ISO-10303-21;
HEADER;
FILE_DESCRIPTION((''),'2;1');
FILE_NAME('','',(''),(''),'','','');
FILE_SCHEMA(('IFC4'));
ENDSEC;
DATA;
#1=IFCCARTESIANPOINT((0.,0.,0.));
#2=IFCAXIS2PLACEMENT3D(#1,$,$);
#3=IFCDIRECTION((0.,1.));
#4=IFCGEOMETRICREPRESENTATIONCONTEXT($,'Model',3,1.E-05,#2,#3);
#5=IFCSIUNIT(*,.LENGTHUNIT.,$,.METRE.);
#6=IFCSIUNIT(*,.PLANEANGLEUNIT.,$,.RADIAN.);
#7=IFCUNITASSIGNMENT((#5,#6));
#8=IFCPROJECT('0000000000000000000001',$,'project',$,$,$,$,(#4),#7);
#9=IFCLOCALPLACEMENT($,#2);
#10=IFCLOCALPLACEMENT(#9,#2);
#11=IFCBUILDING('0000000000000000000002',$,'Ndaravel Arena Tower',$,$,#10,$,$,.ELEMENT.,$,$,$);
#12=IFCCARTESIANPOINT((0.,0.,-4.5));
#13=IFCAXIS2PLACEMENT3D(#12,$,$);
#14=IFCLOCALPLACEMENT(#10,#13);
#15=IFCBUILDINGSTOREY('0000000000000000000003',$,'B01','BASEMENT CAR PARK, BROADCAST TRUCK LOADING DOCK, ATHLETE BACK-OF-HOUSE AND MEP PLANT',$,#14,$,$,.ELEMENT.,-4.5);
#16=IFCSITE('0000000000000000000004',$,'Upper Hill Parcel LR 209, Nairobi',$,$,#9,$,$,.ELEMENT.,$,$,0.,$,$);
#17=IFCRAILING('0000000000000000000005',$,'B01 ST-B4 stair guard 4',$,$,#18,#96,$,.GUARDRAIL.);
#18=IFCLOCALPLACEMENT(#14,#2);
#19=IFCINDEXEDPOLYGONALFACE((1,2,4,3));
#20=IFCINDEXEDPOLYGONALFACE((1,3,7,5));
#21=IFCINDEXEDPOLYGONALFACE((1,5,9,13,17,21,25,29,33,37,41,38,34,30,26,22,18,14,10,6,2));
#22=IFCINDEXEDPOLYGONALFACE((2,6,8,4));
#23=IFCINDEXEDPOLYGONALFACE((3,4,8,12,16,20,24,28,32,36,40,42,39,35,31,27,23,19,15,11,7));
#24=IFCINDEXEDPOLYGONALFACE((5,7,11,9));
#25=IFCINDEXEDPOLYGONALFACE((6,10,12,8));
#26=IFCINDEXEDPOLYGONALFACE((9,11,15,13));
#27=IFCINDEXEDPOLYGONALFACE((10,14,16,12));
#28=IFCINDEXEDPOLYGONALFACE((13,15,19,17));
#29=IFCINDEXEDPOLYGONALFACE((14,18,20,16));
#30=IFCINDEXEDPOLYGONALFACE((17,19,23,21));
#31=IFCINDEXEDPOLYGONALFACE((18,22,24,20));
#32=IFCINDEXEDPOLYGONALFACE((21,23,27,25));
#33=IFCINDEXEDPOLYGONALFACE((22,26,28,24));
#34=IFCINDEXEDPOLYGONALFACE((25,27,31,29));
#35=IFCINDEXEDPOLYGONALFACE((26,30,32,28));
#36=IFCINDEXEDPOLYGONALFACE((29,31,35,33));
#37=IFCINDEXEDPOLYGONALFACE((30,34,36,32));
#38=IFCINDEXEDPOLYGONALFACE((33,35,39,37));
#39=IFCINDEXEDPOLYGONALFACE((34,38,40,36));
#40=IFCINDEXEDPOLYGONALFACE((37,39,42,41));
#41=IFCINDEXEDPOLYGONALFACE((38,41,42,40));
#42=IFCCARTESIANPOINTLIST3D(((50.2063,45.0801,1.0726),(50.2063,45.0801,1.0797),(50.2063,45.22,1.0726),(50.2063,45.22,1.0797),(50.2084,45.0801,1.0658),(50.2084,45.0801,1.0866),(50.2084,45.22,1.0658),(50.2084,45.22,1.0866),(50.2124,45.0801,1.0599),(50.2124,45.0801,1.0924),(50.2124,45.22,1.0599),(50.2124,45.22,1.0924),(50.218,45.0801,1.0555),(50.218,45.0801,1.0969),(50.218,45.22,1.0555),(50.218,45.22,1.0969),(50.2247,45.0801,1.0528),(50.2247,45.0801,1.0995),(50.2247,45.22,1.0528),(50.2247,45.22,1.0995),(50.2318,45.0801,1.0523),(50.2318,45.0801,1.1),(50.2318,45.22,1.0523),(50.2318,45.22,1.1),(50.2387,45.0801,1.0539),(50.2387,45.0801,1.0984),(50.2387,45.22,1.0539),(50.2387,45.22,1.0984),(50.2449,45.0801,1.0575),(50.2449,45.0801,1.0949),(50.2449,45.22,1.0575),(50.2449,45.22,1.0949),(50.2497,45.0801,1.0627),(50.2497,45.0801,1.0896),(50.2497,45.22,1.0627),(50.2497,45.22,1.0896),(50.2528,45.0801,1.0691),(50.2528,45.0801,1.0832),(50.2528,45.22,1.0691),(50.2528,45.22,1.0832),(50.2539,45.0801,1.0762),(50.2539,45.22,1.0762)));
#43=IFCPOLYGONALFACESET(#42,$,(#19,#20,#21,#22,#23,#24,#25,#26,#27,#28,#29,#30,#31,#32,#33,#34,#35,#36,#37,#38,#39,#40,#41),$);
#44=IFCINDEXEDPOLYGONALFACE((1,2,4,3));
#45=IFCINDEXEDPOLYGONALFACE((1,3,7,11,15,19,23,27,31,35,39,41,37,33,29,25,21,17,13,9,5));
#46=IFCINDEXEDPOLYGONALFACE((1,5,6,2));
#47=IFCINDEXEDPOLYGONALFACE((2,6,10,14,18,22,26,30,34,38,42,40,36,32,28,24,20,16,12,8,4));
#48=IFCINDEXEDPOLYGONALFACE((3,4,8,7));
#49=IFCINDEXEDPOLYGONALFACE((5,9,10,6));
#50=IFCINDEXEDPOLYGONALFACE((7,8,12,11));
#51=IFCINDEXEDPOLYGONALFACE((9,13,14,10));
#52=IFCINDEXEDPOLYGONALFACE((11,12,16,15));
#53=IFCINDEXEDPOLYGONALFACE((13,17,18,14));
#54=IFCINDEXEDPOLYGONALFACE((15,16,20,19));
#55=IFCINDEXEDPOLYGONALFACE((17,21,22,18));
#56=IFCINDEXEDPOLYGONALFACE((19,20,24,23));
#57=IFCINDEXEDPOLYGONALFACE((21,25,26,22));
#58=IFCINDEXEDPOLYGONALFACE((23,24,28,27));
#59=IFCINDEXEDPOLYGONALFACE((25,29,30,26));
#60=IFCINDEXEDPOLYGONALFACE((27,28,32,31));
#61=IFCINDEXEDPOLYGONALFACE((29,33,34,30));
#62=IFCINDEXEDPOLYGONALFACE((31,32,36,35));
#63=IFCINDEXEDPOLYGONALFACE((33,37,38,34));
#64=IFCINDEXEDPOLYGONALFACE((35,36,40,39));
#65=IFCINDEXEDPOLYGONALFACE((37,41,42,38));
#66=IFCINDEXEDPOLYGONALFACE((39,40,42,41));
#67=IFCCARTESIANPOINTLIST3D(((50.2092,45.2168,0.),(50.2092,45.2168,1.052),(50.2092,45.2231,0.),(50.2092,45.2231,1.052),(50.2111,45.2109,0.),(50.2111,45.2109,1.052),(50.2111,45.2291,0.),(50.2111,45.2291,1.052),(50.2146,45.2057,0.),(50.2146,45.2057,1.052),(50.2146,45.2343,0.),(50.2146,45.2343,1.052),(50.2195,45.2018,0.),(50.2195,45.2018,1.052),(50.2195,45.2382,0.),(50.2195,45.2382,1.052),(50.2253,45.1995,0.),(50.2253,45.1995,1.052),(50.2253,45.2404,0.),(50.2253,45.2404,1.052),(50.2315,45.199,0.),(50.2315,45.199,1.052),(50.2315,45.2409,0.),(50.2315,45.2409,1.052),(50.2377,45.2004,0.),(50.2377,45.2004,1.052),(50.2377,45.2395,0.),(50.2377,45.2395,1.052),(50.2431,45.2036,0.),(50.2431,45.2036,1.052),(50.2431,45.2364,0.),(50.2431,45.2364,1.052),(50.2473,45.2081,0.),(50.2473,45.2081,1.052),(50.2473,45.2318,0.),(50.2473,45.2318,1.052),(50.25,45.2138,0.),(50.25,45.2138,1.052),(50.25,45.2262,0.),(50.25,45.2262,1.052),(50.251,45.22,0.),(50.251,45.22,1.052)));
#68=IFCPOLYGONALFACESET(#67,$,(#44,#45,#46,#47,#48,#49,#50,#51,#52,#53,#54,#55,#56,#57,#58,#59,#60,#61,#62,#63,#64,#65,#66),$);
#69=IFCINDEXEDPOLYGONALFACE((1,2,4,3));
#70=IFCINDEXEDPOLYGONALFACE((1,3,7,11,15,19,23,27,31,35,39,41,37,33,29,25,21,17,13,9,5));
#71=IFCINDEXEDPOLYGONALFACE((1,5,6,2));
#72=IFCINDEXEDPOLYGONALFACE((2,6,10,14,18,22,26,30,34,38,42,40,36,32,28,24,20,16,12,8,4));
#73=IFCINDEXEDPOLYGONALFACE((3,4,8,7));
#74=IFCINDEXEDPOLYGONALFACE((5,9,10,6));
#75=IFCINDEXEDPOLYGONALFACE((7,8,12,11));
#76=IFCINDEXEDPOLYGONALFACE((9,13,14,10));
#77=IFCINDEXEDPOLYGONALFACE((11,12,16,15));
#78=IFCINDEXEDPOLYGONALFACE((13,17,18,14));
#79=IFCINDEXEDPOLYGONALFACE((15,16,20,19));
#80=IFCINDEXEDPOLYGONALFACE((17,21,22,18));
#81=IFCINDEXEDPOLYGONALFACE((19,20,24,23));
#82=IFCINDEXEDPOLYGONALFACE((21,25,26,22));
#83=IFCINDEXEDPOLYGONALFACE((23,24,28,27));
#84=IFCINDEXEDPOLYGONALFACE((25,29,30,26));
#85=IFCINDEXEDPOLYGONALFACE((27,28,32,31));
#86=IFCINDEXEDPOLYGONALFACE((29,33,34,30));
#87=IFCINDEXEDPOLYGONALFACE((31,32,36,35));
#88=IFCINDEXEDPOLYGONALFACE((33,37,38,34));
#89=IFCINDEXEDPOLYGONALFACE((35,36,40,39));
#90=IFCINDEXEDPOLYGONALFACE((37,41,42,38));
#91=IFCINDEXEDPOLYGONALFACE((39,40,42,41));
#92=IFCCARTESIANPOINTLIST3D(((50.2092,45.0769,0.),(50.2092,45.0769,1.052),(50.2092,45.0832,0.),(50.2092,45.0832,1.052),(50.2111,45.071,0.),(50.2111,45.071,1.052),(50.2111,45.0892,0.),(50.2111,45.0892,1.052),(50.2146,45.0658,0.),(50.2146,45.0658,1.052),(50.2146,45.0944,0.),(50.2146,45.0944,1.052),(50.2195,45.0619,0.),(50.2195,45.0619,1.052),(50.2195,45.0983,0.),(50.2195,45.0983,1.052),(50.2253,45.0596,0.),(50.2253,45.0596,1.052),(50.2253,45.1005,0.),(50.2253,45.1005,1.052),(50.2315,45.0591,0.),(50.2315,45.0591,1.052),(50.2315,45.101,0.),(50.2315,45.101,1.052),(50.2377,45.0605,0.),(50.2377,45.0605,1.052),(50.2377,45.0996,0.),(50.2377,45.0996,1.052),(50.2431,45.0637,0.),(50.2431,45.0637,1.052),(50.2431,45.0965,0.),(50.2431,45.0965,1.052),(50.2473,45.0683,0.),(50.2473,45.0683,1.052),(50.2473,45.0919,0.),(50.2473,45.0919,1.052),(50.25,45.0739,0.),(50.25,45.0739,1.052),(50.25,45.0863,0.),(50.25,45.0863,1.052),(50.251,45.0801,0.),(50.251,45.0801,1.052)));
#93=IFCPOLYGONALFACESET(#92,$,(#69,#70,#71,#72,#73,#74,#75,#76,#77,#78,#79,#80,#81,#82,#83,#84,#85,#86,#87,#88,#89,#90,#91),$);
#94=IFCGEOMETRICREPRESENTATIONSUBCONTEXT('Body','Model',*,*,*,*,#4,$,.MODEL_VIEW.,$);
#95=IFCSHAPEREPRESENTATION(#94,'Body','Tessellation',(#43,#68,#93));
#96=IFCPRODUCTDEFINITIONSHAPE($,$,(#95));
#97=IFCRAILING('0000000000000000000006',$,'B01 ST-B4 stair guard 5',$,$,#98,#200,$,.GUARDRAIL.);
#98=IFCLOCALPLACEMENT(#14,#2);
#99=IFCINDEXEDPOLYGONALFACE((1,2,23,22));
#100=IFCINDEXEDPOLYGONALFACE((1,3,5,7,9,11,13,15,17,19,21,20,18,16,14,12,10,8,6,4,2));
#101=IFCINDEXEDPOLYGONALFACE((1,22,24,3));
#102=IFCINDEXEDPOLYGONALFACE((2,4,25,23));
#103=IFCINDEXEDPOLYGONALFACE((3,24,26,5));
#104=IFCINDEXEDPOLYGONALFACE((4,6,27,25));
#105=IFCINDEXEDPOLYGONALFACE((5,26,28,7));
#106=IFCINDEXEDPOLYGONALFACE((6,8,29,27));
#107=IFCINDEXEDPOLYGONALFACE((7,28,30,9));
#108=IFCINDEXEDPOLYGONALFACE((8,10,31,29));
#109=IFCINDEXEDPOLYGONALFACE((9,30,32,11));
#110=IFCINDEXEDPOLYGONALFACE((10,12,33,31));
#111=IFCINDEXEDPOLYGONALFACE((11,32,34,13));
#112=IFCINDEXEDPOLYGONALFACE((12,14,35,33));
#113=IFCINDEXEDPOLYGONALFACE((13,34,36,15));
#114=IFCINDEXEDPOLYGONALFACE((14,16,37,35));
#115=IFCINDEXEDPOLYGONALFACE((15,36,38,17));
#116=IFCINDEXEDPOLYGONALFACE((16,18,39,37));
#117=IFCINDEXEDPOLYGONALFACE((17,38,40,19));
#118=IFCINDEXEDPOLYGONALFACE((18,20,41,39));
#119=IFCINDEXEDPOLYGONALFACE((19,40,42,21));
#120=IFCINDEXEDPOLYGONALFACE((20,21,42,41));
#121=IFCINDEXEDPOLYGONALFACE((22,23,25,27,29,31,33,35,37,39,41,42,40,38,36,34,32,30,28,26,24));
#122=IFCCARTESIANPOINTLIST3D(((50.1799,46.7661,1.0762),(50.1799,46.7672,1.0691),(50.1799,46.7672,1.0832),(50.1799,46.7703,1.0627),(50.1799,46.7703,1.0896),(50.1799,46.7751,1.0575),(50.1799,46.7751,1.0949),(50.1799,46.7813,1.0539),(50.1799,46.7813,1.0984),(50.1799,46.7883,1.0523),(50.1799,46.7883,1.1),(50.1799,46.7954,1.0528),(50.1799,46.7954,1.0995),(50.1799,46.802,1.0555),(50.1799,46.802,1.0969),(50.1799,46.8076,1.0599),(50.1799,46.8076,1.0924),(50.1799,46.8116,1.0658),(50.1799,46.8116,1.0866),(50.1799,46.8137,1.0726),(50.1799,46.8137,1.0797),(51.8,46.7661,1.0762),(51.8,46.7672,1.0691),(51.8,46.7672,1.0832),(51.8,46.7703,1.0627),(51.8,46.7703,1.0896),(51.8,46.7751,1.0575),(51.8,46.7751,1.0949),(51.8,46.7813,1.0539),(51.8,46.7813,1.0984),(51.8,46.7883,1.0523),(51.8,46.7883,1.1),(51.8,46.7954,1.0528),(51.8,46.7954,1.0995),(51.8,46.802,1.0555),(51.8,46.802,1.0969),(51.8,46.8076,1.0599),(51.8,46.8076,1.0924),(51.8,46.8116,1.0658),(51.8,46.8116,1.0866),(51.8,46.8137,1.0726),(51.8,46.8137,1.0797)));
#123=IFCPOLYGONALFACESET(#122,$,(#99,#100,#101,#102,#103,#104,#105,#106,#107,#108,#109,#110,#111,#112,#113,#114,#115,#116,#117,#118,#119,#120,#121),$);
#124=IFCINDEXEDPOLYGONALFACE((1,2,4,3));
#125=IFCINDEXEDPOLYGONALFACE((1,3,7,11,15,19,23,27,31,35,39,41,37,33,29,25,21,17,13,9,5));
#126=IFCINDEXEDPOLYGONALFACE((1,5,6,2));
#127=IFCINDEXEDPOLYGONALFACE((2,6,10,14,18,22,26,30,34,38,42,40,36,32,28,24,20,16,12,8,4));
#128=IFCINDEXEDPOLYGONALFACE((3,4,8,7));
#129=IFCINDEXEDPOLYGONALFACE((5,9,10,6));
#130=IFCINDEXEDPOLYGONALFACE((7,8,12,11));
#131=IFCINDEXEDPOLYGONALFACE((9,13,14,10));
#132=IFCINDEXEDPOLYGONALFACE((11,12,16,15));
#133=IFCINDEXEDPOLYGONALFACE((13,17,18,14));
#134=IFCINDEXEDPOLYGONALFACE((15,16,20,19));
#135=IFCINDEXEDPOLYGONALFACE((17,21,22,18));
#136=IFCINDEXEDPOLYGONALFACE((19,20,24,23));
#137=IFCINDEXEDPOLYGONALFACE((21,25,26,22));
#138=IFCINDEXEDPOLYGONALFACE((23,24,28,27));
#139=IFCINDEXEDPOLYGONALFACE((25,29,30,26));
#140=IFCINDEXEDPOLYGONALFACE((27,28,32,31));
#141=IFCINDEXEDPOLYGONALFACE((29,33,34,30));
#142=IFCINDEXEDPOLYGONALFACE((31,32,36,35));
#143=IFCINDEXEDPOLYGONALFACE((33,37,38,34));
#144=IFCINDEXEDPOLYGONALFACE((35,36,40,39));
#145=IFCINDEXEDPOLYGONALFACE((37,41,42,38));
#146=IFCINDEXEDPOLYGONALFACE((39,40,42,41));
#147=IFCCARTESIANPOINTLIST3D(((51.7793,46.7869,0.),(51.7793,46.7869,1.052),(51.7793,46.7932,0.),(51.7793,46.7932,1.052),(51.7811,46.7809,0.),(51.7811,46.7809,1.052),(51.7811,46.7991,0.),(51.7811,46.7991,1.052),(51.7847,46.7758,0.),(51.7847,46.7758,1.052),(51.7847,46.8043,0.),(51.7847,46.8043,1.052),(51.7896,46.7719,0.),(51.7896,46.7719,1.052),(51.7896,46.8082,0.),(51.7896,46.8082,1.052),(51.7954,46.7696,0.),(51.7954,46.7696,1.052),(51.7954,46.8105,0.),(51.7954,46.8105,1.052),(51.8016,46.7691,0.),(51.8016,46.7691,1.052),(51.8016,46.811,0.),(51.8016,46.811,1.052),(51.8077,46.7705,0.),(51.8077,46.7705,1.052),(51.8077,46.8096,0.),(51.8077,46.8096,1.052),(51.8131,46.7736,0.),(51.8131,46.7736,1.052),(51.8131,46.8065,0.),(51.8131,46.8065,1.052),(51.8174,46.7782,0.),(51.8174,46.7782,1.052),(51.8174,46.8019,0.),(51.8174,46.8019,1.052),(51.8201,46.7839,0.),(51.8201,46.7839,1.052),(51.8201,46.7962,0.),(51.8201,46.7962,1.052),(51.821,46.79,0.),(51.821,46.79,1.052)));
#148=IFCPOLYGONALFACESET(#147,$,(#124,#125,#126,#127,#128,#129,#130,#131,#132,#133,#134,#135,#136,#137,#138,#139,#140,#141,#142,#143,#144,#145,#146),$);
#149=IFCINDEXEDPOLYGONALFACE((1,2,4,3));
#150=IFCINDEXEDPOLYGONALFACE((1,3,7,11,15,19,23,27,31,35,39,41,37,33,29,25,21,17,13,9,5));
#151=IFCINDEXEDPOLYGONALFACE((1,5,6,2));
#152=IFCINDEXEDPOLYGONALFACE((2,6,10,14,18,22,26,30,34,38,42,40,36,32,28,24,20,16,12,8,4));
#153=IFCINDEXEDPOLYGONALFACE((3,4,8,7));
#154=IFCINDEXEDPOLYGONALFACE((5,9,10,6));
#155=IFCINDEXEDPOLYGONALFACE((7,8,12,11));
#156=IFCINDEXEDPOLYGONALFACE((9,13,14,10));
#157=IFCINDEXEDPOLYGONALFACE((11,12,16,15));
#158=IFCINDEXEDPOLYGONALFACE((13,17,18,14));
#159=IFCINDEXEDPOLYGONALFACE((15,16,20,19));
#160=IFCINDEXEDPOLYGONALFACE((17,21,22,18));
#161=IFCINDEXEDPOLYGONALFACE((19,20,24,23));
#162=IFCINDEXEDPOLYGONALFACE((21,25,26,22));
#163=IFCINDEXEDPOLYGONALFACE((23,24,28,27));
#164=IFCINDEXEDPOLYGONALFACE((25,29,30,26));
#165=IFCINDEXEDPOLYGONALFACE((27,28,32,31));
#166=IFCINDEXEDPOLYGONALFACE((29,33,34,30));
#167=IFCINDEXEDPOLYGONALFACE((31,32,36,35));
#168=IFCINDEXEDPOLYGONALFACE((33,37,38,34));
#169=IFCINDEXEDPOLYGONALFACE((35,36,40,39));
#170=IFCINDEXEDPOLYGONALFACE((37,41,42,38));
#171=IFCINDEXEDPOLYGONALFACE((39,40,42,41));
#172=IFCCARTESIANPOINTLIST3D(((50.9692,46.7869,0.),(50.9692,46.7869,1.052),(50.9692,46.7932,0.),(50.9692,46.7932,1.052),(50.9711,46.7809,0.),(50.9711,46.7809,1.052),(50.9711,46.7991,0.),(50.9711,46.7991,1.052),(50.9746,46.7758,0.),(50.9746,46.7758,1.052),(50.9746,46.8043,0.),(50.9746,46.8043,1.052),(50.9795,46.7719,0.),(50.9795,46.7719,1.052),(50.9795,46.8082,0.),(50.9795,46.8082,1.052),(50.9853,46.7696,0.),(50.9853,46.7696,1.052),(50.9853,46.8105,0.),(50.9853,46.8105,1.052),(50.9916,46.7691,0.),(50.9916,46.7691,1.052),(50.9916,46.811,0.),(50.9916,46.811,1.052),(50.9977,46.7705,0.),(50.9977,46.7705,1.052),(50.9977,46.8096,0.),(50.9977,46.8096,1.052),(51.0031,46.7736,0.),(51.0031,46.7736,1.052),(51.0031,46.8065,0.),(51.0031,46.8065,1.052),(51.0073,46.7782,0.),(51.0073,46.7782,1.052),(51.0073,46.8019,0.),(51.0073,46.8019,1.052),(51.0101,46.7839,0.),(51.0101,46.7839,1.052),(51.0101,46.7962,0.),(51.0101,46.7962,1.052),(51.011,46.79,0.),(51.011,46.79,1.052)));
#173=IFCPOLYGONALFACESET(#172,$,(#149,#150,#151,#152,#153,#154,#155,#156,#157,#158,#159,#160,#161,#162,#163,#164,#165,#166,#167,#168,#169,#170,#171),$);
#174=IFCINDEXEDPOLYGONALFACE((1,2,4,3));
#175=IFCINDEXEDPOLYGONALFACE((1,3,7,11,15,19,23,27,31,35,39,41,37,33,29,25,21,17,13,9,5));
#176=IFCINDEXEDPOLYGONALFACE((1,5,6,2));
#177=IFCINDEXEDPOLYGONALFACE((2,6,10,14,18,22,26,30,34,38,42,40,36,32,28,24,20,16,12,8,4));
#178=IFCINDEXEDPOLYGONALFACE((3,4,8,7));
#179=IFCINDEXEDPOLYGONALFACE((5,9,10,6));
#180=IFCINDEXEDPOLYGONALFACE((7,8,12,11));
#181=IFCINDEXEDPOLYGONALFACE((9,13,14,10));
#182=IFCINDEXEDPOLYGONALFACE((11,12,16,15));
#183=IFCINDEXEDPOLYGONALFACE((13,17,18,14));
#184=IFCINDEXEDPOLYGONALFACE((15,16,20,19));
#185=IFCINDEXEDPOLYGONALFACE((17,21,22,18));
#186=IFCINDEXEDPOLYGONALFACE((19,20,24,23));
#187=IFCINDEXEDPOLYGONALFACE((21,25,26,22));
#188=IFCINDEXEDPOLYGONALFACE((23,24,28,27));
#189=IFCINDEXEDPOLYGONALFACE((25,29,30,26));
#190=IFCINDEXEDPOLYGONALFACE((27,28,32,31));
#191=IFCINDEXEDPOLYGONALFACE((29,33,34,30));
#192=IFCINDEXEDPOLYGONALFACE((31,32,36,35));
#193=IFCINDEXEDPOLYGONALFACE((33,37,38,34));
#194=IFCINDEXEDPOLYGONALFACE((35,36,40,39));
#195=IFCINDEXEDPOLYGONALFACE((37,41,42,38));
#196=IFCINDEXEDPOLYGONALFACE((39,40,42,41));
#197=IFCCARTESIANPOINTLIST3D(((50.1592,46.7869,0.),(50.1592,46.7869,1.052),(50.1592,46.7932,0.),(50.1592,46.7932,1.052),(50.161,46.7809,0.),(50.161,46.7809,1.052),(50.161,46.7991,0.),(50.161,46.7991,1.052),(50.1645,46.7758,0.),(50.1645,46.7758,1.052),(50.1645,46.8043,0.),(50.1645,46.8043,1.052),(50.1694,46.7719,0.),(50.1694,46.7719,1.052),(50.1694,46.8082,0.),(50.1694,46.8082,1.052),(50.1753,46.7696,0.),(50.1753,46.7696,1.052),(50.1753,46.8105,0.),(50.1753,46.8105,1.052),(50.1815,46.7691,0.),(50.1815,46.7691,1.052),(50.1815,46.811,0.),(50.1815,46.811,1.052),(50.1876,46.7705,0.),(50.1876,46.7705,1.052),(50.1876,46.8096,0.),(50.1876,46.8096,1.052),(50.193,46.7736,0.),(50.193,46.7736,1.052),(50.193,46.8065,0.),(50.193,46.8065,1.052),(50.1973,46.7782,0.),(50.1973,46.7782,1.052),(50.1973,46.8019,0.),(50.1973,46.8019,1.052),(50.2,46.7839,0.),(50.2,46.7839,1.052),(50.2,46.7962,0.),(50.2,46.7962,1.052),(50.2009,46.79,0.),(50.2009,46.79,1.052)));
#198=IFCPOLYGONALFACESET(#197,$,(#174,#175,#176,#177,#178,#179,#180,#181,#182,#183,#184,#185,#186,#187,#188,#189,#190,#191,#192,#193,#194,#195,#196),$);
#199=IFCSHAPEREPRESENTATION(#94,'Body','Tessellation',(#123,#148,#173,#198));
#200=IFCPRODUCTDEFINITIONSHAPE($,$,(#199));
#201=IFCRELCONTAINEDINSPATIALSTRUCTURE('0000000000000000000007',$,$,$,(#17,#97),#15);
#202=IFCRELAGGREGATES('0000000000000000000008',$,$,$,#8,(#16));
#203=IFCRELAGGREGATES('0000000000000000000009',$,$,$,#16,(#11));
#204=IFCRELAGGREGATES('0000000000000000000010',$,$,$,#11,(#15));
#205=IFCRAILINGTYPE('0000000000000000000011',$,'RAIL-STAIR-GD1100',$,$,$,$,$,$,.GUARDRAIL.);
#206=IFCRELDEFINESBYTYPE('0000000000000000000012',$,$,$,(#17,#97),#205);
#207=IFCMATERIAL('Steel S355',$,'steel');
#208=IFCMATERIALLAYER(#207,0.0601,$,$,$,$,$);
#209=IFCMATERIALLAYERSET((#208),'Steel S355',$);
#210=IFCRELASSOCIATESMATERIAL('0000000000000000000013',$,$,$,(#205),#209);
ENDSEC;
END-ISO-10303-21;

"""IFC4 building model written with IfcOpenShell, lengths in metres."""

from ifc_helpers import new_model, si_unit, direction, frame, origin, origin_2d, place, context, subcontext, project, spatial, circle, extrude, material, layer, layer_set, type_object, element, save


model = new_model("IFC4")

# Units and contexts
model_context = context("Model", 3, precision=1e-05, world=origin(), true_north=direction((0.0, 1.0)))
body_context = subcontext(model_context, "Body", "Model", "MODEL_VIEW")
ifc_project = project(units=[si_unit("LENGTHUNIT", "METRE"), si_unit("PLANEANGLEUNIT", "RADIAN")], contexts=[model_context])

# Site, building, storey
site_placement = place(None, origin())
site = spatial("IfcSite", under=ifc_project, at=site_placement, Name="Upper Hill Parcel LR 209, Nairobi", CompositionType="ELEMENT", RefElevation=0.0)
building_placement = place(site_placement, origin())
building = spatial("IfcBuilding", under=site, at=building_placement, Name="Ndaravel Arena Tower", CompositionType="ELEMENT")
storey_placement = place(building_placement, frame((0.0, 0.0, -4.5)))
storey = spatial("IfcBuildingStorey", under=building, at=storey_placement, Name="B01", Description="BASEMENT CAR PARK, BROADCAST TRUCK LOADING DOCK, ATHLETE BACK-OF-HOUSE AND MEP PLANT", CompositionType="ELEMENT", Elevation=-4.5)

# Railings
ifc_material_1 = material(Name="Steel S355", Category="steel")
ifc_layer_1 = layer(ifc_material_1, 0.0601)
ifc_layer_set_1 = layer_set([ifc_layer_1], Name="Steel S355")
railing_type_1 = type_object("IfcRailingType", Name="RAIL-STAIR-GD1100", PredefinedType="GUARDRAIL", material=ifc_layer_set_1)
railing_1_placement = place(storey_placement, frame((50.23, 45.22, 0.0)))
element("IfcRailing", 1, at=railing_1_placement, inside=storey, type_object=railing_type_1, Name="B01 ST-B4 stair guard 4", PredefinedType="GUARDRAIL", context=body_context, shape_type="SweptSolid", body=[
    extrude(circle(Radius=0.0239, at=origin_2d()), frame((0.0, 0.0, 1.0762), z_axis=(0.0, -1.0, 0.0), x_axis=(1.0, 0.0, 0.0)), (0.0, 0.0, 1.0), 0.1399),
    extrude(circle(Radius=0.021, at=origin_2d()), origin(), (0.0, 0.0, 1.0), 1.052),
    extrude(circle(Radius=0.021, at=origin_2d()), frame((0.0, -0.1399, 0.0)), (0.0, 0.0, 1.0), 1.052),
])
for number, where, name in (
    (2, (51.8, 46.79, 0.0), "B01 ST-B4 stair guard 5"),
):
    element("IfcRailing", number, at=place(storey_placement, frame(where)), inside=storey, type_object=railing_type_1, Name=name, PredefinedType="GUARDRAIL", context=body_context, shape_type="SweptSolid", body=[
        extrude(circle(Radius=0.0239, at=origin_2d()), frame((0.0, 0.0, 1.0762), z_axis=(-1.0, 0.0, 0.0), x_axis=(0.0, -1.0, 0.0)), (0.0, 0.0, 1.0), 1.6201),
        extrude(circle(Radius=0.021, at=origin_2d()), origin(), (0.0, 0.0, 1.0), 1.052),
        extrude(circle(Radius=0.021, at=origin_2d()), frame((-0.8101, 0.0, 0.0)), (0.0, 0.0, 1.0), 1.052),
        extrude(circle(Radius=0.021, at=origin_2d()), frame((-1.6201, 0.0, 0.0)), (0.0, 0.0, 1.0), 1.052),
    ])

save(model, "model.ifc")
